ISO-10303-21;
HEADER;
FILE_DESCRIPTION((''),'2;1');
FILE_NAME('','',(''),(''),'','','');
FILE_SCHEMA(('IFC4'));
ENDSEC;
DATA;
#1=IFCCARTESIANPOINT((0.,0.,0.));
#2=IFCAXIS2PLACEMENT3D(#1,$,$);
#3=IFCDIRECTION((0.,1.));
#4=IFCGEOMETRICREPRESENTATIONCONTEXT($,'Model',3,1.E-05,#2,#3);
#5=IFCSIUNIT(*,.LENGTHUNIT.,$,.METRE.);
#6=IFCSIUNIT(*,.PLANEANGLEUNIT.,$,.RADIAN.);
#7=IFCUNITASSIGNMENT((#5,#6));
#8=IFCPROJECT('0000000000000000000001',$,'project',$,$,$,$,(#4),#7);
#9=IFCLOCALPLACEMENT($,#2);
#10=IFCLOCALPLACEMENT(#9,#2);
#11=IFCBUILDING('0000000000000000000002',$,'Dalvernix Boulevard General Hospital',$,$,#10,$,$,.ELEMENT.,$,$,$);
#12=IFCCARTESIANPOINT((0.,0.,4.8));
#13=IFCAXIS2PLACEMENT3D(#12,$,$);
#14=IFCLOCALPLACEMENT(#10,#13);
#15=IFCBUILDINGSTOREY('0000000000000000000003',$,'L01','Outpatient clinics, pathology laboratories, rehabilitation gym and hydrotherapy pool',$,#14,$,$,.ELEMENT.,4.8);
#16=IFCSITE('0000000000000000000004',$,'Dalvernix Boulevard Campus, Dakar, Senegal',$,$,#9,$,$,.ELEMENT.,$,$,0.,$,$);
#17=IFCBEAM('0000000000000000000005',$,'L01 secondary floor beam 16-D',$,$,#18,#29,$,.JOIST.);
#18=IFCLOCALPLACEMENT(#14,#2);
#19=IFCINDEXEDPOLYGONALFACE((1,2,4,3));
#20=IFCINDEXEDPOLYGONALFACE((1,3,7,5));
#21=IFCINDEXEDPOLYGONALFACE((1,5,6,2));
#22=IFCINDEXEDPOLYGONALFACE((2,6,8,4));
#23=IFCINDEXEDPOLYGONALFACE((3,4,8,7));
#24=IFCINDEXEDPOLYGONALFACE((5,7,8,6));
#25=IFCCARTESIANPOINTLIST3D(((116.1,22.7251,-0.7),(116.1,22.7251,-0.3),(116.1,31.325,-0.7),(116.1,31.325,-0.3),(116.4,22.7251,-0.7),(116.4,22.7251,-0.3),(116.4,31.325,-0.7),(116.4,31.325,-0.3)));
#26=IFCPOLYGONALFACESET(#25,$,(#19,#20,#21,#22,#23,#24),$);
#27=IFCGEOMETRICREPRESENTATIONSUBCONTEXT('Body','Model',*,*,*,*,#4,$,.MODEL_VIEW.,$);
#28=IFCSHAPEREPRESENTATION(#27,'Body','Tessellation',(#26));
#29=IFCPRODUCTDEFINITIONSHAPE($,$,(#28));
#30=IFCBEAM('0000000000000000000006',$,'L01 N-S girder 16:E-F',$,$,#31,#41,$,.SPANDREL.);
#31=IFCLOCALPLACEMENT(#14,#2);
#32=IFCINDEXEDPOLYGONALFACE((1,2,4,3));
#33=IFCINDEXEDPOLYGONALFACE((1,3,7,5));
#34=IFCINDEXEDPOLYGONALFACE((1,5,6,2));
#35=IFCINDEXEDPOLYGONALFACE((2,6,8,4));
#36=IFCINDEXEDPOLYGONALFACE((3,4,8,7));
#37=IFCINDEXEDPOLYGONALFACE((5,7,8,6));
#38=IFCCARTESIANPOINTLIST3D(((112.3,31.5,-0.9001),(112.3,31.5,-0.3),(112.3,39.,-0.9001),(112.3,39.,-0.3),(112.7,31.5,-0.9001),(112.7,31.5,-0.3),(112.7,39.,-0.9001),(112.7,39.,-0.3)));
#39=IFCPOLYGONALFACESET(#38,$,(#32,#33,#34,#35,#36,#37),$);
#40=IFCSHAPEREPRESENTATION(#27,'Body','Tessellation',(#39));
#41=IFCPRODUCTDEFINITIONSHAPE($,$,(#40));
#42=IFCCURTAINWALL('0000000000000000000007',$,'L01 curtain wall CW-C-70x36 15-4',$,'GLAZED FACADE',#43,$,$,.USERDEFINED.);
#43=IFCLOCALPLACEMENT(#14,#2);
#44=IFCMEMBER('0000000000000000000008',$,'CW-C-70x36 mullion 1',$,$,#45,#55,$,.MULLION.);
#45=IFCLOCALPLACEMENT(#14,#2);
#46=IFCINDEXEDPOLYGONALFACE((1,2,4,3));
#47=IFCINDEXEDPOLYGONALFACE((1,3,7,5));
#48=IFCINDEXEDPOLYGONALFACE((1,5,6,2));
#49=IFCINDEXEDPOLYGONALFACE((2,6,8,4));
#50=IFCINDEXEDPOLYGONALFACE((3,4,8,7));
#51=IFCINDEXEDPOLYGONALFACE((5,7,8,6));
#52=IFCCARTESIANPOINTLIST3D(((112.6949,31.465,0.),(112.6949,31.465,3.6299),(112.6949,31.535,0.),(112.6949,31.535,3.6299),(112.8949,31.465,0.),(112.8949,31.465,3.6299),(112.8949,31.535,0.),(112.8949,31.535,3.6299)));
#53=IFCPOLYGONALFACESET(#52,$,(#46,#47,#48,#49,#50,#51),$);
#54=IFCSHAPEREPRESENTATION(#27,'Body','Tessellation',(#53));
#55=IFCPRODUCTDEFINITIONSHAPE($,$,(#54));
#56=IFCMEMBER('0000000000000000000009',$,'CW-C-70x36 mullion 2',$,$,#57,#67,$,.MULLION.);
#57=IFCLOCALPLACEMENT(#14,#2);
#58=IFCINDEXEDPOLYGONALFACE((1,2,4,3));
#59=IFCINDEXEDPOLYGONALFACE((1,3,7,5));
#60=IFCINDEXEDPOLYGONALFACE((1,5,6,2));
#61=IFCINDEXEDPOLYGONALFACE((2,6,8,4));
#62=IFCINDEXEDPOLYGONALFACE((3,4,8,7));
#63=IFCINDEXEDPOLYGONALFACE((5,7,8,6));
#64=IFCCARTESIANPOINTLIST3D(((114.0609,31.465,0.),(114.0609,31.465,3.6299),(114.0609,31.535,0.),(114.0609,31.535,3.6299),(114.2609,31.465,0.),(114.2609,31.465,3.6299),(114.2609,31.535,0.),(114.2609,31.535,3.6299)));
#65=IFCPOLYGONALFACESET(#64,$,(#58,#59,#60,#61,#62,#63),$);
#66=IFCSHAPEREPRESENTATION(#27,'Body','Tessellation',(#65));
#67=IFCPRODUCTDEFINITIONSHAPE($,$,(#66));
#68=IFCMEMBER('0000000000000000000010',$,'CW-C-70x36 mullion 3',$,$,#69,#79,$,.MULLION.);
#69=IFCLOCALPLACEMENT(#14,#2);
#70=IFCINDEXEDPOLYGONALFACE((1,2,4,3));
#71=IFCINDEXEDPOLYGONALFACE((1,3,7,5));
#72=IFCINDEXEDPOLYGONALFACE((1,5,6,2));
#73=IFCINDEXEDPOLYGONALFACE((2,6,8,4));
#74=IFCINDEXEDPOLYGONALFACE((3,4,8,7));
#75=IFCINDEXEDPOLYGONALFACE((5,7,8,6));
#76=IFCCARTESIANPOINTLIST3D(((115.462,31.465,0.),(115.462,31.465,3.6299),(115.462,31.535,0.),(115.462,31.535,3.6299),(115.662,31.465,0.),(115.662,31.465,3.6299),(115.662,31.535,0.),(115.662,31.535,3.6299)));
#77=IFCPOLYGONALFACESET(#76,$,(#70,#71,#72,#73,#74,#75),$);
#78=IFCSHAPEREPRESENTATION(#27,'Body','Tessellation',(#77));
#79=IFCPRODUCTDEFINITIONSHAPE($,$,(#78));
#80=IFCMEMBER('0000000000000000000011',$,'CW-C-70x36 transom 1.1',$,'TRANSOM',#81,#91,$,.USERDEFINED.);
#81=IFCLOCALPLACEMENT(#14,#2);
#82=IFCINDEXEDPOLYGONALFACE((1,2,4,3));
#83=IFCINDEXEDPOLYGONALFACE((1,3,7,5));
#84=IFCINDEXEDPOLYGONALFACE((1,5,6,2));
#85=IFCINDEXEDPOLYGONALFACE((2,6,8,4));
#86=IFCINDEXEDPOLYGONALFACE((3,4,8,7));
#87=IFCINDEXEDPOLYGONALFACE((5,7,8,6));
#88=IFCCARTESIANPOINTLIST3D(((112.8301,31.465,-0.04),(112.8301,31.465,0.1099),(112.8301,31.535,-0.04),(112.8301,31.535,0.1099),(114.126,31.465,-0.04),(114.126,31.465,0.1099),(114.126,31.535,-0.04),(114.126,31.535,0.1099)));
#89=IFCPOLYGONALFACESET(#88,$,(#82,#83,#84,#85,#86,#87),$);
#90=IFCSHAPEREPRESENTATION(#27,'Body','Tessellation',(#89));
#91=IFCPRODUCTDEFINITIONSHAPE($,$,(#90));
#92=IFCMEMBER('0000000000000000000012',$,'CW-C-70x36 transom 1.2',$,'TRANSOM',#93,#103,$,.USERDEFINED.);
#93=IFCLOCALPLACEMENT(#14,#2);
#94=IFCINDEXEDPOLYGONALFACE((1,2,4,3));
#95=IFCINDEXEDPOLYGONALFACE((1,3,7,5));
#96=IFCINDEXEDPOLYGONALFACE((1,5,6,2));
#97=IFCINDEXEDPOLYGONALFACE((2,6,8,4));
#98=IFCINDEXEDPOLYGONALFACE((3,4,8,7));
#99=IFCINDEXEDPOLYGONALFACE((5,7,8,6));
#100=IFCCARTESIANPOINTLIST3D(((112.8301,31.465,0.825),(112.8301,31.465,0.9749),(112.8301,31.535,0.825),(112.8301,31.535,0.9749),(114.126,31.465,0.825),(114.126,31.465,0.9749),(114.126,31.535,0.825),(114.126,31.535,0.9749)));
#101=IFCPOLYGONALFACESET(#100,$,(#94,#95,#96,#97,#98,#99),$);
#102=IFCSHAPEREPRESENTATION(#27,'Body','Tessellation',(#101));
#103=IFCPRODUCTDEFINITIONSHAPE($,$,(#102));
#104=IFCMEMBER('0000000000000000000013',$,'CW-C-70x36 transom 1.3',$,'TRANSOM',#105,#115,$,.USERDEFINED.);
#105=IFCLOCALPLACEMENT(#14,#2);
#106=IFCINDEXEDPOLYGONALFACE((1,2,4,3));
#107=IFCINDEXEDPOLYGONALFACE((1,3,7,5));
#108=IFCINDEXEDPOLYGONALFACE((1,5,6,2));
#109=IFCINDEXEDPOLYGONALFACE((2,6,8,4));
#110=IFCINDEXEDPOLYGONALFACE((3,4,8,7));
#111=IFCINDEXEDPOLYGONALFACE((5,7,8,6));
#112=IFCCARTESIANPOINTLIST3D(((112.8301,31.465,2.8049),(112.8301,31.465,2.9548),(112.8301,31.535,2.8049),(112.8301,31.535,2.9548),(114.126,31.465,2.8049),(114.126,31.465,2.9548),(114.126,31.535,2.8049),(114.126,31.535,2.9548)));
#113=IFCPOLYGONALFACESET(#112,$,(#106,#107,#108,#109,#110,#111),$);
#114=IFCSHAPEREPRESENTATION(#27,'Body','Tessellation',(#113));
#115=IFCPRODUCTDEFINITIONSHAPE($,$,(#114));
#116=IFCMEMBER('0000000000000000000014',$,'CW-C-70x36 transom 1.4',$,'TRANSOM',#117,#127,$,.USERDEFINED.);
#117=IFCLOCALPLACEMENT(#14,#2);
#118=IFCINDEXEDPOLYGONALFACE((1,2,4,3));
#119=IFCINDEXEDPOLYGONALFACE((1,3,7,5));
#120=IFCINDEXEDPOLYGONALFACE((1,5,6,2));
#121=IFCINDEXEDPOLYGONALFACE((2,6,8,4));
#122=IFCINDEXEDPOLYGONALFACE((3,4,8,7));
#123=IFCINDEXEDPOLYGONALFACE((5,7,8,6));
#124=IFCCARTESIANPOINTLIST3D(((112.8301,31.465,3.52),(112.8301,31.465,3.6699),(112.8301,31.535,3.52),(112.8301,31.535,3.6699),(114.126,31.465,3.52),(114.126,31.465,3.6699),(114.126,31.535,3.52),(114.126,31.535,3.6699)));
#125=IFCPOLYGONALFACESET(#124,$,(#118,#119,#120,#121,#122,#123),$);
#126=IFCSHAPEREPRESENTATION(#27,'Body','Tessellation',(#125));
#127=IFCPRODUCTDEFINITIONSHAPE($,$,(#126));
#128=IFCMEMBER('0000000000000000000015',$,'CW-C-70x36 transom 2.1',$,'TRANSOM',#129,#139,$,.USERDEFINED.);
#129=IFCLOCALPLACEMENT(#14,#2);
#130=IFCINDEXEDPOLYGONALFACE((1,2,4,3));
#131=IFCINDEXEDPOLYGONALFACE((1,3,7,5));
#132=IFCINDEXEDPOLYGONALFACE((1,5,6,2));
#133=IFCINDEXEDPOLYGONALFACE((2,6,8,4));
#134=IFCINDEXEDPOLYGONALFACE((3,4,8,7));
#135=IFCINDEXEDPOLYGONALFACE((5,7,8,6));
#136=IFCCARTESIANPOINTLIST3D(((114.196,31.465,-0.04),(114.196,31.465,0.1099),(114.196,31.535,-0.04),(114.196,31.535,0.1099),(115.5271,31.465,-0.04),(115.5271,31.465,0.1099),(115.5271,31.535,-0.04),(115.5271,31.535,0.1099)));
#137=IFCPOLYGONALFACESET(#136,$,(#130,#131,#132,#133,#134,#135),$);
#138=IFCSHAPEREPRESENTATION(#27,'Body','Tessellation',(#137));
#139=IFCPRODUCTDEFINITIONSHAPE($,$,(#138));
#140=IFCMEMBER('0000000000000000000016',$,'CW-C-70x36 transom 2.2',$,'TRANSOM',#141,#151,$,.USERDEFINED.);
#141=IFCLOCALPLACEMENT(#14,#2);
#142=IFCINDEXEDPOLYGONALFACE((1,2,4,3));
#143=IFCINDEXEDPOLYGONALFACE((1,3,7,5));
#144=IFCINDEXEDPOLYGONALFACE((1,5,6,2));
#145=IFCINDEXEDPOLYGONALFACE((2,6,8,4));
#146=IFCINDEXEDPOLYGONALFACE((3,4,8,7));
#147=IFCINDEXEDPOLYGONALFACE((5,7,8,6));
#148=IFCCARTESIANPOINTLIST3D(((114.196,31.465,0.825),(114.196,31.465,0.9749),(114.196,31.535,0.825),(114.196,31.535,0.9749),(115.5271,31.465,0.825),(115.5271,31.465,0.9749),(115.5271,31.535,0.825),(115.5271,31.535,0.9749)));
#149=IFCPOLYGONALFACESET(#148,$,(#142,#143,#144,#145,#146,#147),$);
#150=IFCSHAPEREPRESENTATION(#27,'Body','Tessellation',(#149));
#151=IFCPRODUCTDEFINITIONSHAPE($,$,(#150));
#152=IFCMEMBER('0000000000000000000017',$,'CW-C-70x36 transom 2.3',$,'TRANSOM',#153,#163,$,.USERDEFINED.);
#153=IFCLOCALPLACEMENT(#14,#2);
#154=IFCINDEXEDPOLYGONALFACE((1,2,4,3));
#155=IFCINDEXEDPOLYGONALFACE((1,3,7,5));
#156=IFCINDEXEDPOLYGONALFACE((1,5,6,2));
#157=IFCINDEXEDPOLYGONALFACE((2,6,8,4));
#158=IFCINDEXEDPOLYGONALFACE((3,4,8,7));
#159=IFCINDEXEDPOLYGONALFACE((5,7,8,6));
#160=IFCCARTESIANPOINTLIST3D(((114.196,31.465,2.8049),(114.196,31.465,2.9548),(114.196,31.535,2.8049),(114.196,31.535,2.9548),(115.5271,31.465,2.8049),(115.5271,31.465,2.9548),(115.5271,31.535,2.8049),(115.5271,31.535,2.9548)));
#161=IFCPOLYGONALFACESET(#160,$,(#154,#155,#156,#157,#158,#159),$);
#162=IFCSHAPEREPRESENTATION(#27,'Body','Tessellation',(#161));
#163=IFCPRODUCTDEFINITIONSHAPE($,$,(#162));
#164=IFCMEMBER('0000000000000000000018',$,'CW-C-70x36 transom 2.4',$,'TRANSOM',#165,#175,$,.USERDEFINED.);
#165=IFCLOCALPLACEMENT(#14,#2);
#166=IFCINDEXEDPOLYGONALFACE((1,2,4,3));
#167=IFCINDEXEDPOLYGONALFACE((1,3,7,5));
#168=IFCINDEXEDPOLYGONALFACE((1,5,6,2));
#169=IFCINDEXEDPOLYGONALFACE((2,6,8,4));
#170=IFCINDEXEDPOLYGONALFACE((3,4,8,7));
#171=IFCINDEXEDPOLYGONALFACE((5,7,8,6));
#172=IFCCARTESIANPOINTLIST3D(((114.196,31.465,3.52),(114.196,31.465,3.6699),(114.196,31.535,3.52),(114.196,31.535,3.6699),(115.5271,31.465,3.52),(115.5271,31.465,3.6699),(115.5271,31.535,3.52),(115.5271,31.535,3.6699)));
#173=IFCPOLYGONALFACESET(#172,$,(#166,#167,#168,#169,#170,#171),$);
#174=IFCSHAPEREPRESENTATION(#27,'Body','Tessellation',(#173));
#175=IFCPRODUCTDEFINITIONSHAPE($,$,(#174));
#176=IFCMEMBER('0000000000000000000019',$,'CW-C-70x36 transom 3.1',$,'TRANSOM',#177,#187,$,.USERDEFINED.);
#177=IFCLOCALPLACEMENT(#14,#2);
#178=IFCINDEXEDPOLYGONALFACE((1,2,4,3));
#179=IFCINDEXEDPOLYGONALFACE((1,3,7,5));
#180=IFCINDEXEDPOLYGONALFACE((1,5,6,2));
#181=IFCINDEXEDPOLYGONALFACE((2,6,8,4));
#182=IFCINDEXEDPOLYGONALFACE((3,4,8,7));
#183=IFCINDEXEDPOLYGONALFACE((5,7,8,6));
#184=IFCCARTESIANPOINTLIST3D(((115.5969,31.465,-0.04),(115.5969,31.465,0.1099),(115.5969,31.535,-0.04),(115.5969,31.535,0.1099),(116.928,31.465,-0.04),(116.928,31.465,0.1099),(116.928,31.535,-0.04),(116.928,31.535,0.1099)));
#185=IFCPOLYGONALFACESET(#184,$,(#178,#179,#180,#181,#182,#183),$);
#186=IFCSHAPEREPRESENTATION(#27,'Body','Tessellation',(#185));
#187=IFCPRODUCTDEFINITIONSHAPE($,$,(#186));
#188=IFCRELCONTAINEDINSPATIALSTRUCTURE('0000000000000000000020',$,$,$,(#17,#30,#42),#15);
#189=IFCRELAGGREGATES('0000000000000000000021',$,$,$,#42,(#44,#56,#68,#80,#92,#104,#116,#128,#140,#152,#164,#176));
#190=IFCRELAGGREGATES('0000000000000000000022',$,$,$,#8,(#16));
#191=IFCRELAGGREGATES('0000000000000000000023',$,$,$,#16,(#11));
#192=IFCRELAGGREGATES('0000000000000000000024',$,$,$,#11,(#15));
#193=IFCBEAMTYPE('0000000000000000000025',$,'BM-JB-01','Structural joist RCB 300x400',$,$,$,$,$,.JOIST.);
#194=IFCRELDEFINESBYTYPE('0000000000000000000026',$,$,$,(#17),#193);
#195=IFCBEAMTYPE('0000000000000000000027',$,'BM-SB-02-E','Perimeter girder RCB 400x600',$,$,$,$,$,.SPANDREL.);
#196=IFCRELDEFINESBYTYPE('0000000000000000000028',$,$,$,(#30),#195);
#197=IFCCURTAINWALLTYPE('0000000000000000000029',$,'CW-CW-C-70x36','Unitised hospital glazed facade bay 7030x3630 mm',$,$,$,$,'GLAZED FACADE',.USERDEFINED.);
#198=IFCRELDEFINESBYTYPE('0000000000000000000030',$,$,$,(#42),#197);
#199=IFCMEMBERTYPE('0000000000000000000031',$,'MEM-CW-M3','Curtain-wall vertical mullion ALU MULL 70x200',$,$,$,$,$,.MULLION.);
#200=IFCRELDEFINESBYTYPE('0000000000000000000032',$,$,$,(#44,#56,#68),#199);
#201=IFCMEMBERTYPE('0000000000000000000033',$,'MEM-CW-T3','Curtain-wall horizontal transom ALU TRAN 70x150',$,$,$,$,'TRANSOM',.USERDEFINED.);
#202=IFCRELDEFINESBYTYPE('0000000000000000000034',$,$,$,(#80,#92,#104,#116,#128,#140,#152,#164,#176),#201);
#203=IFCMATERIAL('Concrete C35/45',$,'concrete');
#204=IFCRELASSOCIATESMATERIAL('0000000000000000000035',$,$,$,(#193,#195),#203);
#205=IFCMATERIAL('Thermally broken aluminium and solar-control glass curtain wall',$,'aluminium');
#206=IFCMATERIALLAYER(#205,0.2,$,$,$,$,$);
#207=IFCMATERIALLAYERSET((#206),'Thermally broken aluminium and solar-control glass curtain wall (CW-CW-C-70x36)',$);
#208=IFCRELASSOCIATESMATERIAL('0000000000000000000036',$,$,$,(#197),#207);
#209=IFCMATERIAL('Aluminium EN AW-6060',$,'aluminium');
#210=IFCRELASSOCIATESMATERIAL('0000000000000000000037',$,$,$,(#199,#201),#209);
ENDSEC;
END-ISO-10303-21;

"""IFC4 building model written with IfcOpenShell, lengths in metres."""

from ifc_helpers import new_model, si_unit, direction, frame, origin, origin_2d, place, context, subcontext, project, spatial, rectangle, extrude, material, layer, layer_set, material_profile, profile_set, type_object, element, aggregate, save


model = new_model("IFC4")

# Units and contexts
model_context = context("Model", 3, precision=1e-05, world=origin(), true_north=direction((0.0, 1.0)))
body_context = subcontext(model_context, "Body", "Model", "MODEL_VIEW")
ifc_project = project(units=[si_unit("LENGTHUNIT", "METRE"), si_unit("PLANEANGLEUNIT", "RADIAN")], contexts=[model_context])

# Site, building, storey
site_placement = place(None, origin())
site = spatial("IfcSite", under=ifc_project, at=site_placement, Name="Dalvernix Boulevard Campus, Dakar, Senegal", CompositionType="ELEMENT", RefElevation=0.0)
building_placement = place(site_placement, origin())
building = spatial("IfcBuilding", under=site, at=building_placement, Name="Dalvernix Boulevard General Hospital", CompositionType="ELEMENT")
storey_placement = place(building_placement, frame((0.0, 0.0, 4.8)))
storey = spatial("IfcBuildingStorey", under=building, at=storey_placement, Name="L01", Description="Outpatient clinics, pathology laboratories, rehabilitation gym and hydrotherapy pool", CompositionType="ELEMENT", Elevation=4.8)

# Beams
ifc_material_1 = material(Name="Concrete C35/45", Category="concrete")
ifc_material_profile_1 = material_profile(ifc_material_1, rectangle(XDim=0.3, YDim=0.3999, at=origin_2d()), Name="RCB 300x400")
ifc_profile_set_1 = profile_set([ifc_material_profile_1], Name="Concrete C35/45")
beam_type_1 = type_object("IfcBeamType", Name="BM-JB-01", Description="Structural joist RCB 300x400", PredefinedType="JOIST", material=ifc_profile_set_1)
beam_1_placement = place(storey_placement, frame((116.25, 22.7251, -0.5), z_axis=(0.0, 1.0, 0.0), x_axis=(-1.0, 0.0, 0.0)))
element("IfcBeam", 1, at=beam_1_placement, inside=storey, type_object=beam_type_1, Name="L01 secondary floor beam 16-D", PredefinedType="JOIST", context=body_context, shape_type="SweptSolid", body=[
    extrude(rectangle(XDim=0.3, YDim=0.3999, at=origin_2d()), origin(), (0.0, 0.0, 1.0), 8.5999),
])
ifc_material_profile_2 = material_profile(ifc_material_1, rectangle(XDim=0.3999, YDim=0.6001, at=origin_2d()), Name="RCB 400x600")
ifc_profile_set_2 = profile_set([ifc_material_profile_2], Name="Concrete C35/45")
beam_type_2 = type_object("IfcBeamType", Name="BM-SB-02-E", Description="Perimeter girder RCB 400x600", PredefinedType="SPANDREL", material=ifc_profile_set_2)
beam_2_placement = place(storey_placement, frame((112.5, 31.5, -0.6001), z_axis=(0.0, 1.0, 0.0), x_axis=(-1.0, 0.0, 0.0)))
element("IfcBeam", 2, at=beam_2_placement, inside=storey, type_object=beam_type_2, Name="L01 N-S girder 16:E-F", PredefinedType="SPANDREL", context=body_context, shape_type="SweptSolid", body=[
    extrude(rectangle(XDim=0.3999, YDim=0.6001, at=origin_2d()), origin(), (0.0, 0.0, 1.0), 7.5),
])

# Curtain wall, members
ifc_material_2 = material(Name="Thermally broken aluminium and solar-control glass curtain wall", Category="aluminium")
ifc_layer_1 = layer(ifc_material_2, 0.2)
ifc_layer_set_1 = layer_set([ifc_layer_1], Name="Thermally broken aluminium and solar-control glass curtain wall (CW-CW-C-70x36)")
curtain_wall_type = type_object("IfcCurtainWallType", Name="CW-CW-C-70x36", Description="Unitised hospital glazed facade bay 7030x3630 mm", ElementType="GLAZED FACADE", PredefinedType="USERDEFINED", material=ifc_layer_set_1)
curtain_wall_placement = place(storey_placement, origin())
curtain_wall = element("IfcCurtainWall", 3, at=curtain_wall_placement, inside=storey, type_object=curtain_wall_type, Name="L01 curtain wall CW-C-70x36 15-4", ObjectType="GLAZED FACADE", PredefinedType="USERDEFINED")
ifc_material_3 = material(Name="Aluminium EN AW-6060", Category="aluminium")
ifc_material_profile_3 = material_profile(ifc_material_3, rectangle(XDim=0.0701, YDim=0.2, at=origin_2d()), Name="ALU MULL 70x200")
ifc_profile_set_3 = profile_set([ifc_material_profile_3], Name="Aluminium EN AW-6060")
member_type_1 = type_object("IfcMemberType", Name="MEM-CW-M3", Description="Curtain-wall vertical mullion ALU MULL 70x200", PredefinedType="MULLION", material=ifc_profile_set_3)
member_1_placement = place(storey_placement, frame((112.7949, 31.5, 0.0), z_axis=(0.0, 0.0, 1.0), x_axis=(0.0, 1.0, 0.0)))
member_1 = element("IfcMember", 4, at=member_1_placement, type_object=member_type_1, Name="CW-C-70x36 mullion 1", PredefinedType="MULLION", context=body_context, shape_type="SweptSolid", body=[
    extrude(rectangle(XDim=0.0701, YDim=0.2, at=origin_2d()), origin(), (0.0, 0.0, 1.0), 3.6299),
])
member_2_placement = place(storey_placement, frame((114.1609, 31.5, 0.0), z_axis=(0.0, 0.0, 1.0), x_axis=(0.0, 1.0, 0.0)))
member_2 = element("IfcMember", 5, at=member_2_placement, type_object=member_type_1, Name="CW-C-70x36 mullion 2", PredefinedType="MULLION", context=body_context, shape_type="SweptSolid", body=[
    extrude(rectangle(XDim=0.0701, YDim=0.2, at=origin_2d()), origin(), (0.0, 0.0, 1.0), 3.6299),
])
member_3_placement = place(storey_placement, frame((115.562, 31.5, 0.0), z_axis=(0.0, 0.0, 1.0), x_axis=(0.0, 1.0, 0.0)))
member_3 = element("IfcMember", 6, at=member_3_placement, type_object=member_type_1, Name="CW-C-70x36 mullion 3", PredefinedType="MULLION", context=body_context, shape_type="SweptSolid", body=[
    extrude(rectangle(XDim=0.0701, YDim=0.2, at=origin_2d()), origin(), (0.0, 0.0, 1.0), 3.6299),
])
ifc_material_profile_4 = material_profile(ifc_material_3, rectangle(XDim=0.0701, YDim=0.1499, at=origin_2d()), Name="ALU TRAN 70x150")
ifc_profile_set_4 = profile_set([ifc_material_profile_4], Name="Aluminium EN AW-6060")
member_type_2 = type_object("IfcMemberType", Name="MEM-CW-T3", Description="Curtain-wall horizontal transom ALU TRAN 70x150", ElementType="TRANSOM", PredefinedType="USERDEFINED", material=ifc_profile_set_4)
member_4_placement = place(storey_placement, frame((112.8301, 31.5, 0.0349), z_axis=(1.0, 0.0, 0.0), x_axis=(0.0, 1.0, 0.0)))
member_4 = element("IfcMember", 7, at=member_4_placement, type_object=member_type_2, Name="CW-C-70x36 transom 1.1", ObjectType="TRANSOM", PredefinedType="USERDEFINED", context=body_context, shape_type="SweptSolid", body=[
    extrude(rectangle(XDim=0.0701, YDim=0.1499, at=origin_2d()), origin(), (0.0, 0.0, 1.0), 1.2959),
])
member_5_placement = place(storey_placement, frame((112.8301, 31.5, 0.8999), z_axis=(1.0, 0.0, 0.0), x_axis=(0.0, 1.0, 0.0)))
member_5 = element("IfcMember", 8, at=member_5_placement, type_object=member_type_2, Name="CW-C-70x36 transom 1.2", ObjectType="TRANSOM", PredefinedType="USERDEFINED", context=body_context, shape_type="SweptSolid", body=[
    extrude(rectangle(XDim=0.0701, YDim=0.1499, at=origin_2d()), origin(), (0.0, 0.0, 1.0), 1.2959),
])
member_6_placement = place(storey_placement, frame((112.8301, 31.5, 2.8799), z_axis=(1.0, 0.0, 0.0), x_axis=(0.0, 1.0, 0.0)))
member_6 = element("IfcMember", 9, at=member_6_placement, type_object=member_type_2, Name="CW-C-70x36 transom 1.3", ObjectType="TRANSOM", PredefinedType="USERDEFINED", context=body_context, shape_type="SweptSolid", body=[
    extrude(rectangle(XDim=0.0701, YDim=0.1499, at=origin_2d()), origin(), (0.0, 0.0, 1.0), 1.2959),
])
member_7_placement = place(storey_placement, frame((112.8301, 31.5, 3.595), z_axis=(1.0, 0.0, 0.0), x_axis=(0.0, 1.0, 0.0)))
member_7 = element("IfcMember", 10, at=member_7_placement, type_object=member_type_2, Name="CW-C-70x36 transom 1.4", ObjectType="TRANSOM", PredefinedType="USERDEFINED", context=body_context, shape_type="SweptSolid", body=[
    extrude(rectangle(XDim=0.0701, YDim=0.1499, at=origin_2d()), origin(), (0.0, 0.0, 1.0), 1.2959),
])
member_8_placement = place(storey_placement, frame((114.196, 31.5, 0.0349), z_axis=(1.0, 0.0, 0.0), x_axis=(0.0, 1.0, 0.0)))
member_8 = element("IfcMember", 11, at=member_8_placement, type_object=member_type_2, Name="CW-C-70x36 transom 2.1", ObjectType="TRANSOM", PredefinedType="USERDEFINED", context=body_context, shape_type="SweptSolid", body=[
    extrude(rectangle(XDim=0.0701, YDim=0.1499, at=origin_2d()), origin(), (0.0, 0.0, 1.0), 1.3311),
])
member_9_placement = place(storey_placement, frame((114.196, 31.5, 0.8999), z_axis=(1.0, 0.0, 0.0), x_axis=(0.0, 1.0, 0.0)))
member_9 = element("IfcMember", 12, at=member_9_placement, type_object=member_type_2, Name="CW-C-70x36 transom 2.2", ObjectType="TRANSOM", PredefinedType="USERDEFINED", context=body_context, shape_type="SweptSolid", body=[
    extrude(rectangle(XDim=0.0701, YDim=0.1499, at=origin_2d()), origin(), (0.0, 0.0, 1.0), 1.3311),
])
member_10_placement = place(storey_placement, frame((114.196, 31.5, 2.8799), z_axis=(1.0, 0.0, 0.0), x_axis=(0.0, 1.0, 0.0)))
member_10 = element("IfcMember", 13, at=member_10_placement, type_object=member_type_2, Name="CW-C-70x36 transom 2.3", ObjectType="TRANSOM", PredefinedType="USERDEFINED", context=body_context, shape_type="SweptSolid", body=[
    extrude(rectangle(XDim=0.0701, YDim=0.1499, at=origin_2d()), origin(), (0.0, 0.0, 1.0), 1.3311),
])
member_11_placement = place(storey_placement, frame((114.196, 31.5, 3.595), z_axis=(1.0, 0.0, 0.0), x_axis=(0.0, 1.0, 0.0)))
member_11 = element("IfcMember", 14, at=member_11_placement, type_object=member_type_2, Name="CW-C-70x36 transom 2.4", ObjectType="TRANSOM", PredefinedType="USERDEFINED", context=body_context, shape_type="SweptSolid", body=[
    extrude(rectangle(XDim=0.0701, YDim=0.1499, at=origin_2d()), origin(), (0.0, 0.0, 1.0), 1.3311),
])
member_12_placement = place(storey_placement, frame((115.5969, 31.5, 0.0349), z_axis=(1.0, 0.0, 0.0), x_axis=(0.0, 1.0, 0.0)))
member_12 = element("IfcMember", 15, at=member_12_placement, type_object=member_type_2, Name="CW-C-70x36 transom 3.1", ObjectType="TRANSOM", PredefinedType="USERDEFINED", context=body_context, shape_type="SweptSolid", body=[
    extrude(rectangle(XDim=0.0701, YDim=0.1499, at=origin_2d()), origin(), (0.0, 0.0, 1.0), 1.3311),
])
aggregate(curtain_wall, [member_1, member_2, member_3, member_4, member_5, member_6, member_7, member_8, member_9, member_10, member_11, member_12])

save(model, "model.ifc")
